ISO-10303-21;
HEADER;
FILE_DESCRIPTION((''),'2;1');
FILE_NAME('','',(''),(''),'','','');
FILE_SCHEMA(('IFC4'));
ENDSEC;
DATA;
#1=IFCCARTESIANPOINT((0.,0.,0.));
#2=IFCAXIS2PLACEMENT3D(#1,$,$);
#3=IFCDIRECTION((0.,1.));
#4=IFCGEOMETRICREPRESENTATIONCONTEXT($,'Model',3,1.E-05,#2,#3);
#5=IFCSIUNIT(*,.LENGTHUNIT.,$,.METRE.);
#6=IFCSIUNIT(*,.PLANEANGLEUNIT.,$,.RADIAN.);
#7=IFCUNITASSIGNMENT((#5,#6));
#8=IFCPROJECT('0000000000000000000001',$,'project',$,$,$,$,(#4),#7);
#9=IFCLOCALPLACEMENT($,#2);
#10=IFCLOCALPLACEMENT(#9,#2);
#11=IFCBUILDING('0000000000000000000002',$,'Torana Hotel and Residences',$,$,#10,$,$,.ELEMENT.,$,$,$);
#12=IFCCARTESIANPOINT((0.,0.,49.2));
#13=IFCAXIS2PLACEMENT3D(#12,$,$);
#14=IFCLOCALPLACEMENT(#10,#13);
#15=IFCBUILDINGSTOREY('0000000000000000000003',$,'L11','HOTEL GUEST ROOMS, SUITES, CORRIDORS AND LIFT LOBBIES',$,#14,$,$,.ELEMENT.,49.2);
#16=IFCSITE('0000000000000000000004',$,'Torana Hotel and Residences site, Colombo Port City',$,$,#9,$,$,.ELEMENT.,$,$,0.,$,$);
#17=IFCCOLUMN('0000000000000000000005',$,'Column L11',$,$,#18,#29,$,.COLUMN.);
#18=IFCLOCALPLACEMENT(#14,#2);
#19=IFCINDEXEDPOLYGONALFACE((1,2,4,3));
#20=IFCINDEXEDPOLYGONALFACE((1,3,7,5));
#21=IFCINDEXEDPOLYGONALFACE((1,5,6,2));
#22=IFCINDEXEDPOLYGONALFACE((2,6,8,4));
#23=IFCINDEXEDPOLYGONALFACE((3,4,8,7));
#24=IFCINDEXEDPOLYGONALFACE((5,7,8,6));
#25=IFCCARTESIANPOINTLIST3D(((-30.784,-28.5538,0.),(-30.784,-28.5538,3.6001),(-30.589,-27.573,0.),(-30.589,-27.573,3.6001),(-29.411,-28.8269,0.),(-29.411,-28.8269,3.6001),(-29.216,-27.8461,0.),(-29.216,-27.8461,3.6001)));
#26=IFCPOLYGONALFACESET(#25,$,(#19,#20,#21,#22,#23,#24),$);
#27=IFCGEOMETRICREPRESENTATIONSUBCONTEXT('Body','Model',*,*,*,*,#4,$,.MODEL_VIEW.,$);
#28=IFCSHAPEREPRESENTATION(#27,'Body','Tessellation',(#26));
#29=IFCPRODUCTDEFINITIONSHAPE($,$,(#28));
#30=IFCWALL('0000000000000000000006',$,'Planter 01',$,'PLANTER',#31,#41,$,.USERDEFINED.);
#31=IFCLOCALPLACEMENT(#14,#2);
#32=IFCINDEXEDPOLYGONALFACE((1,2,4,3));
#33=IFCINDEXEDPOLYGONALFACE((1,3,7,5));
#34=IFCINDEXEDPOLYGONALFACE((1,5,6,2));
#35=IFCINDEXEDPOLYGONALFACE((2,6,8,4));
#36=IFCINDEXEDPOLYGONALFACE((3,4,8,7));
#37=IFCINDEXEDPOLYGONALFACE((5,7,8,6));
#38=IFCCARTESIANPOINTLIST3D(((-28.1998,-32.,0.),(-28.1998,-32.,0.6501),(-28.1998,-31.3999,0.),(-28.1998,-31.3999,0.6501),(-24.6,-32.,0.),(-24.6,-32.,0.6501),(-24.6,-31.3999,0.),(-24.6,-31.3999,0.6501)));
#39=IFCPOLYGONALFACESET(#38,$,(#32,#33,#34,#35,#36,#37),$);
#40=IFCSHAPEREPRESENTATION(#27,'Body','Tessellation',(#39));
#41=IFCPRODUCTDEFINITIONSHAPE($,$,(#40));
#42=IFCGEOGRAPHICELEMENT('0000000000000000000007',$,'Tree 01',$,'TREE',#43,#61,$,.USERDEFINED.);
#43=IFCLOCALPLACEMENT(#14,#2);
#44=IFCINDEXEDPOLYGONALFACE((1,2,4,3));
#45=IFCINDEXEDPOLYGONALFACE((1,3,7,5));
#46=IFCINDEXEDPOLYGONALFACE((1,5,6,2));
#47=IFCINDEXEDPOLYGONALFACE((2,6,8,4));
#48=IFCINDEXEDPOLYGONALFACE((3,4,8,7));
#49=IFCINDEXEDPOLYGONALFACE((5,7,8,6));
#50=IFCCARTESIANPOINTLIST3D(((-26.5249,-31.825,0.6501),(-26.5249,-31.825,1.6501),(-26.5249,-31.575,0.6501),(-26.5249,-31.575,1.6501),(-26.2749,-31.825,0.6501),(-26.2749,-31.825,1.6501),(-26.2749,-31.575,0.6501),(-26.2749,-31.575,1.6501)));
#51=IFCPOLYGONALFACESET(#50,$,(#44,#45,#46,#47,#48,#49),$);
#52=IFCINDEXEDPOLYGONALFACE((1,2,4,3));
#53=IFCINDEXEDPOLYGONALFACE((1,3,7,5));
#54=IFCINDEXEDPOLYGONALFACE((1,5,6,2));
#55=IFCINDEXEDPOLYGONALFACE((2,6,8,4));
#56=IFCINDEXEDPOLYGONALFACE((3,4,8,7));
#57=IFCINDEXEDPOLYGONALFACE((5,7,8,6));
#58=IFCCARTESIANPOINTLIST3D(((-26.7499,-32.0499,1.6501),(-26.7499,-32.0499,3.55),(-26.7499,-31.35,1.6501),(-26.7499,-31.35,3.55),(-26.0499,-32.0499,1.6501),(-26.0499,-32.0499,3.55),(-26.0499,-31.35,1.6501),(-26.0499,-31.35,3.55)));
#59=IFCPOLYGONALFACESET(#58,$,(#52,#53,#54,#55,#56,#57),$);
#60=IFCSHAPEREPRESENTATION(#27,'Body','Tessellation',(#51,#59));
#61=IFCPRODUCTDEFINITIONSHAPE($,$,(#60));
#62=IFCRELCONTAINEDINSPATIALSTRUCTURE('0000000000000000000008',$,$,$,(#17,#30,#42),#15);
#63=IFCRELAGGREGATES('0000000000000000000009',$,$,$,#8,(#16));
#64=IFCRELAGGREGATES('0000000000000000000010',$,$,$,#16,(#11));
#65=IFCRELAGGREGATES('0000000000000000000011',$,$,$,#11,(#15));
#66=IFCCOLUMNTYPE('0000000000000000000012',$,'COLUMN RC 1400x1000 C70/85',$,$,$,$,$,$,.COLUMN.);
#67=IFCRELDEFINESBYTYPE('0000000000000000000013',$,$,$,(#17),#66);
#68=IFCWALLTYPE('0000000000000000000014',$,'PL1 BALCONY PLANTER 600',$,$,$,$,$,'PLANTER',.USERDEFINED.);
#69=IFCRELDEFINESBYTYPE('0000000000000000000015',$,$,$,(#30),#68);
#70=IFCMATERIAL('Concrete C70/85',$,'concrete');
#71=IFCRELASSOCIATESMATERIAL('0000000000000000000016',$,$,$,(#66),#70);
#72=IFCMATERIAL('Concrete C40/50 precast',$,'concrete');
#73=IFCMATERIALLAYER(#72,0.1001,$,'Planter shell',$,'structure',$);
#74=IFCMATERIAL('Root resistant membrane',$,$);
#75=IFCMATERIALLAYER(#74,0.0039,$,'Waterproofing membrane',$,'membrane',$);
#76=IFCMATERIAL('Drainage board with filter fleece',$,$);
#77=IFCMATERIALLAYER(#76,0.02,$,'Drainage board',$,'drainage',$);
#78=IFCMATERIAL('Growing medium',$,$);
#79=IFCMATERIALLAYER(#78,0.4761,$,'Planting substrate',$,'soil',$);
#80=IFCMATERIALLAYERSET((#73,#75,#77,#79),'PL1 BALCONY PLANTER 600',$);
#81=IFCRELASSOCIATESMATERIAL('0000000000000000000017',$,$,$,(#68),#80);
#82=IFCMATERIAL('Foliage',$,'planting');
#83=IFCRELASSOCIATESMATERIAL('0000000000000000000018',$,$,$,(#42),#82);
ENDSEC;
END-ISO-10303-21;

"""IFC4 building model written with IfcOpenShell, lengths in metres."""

from ifc_helpers import new_model, si_unit, direction, frame, frame_2d, origin, origin_2d, place, context, subcontext, project, spatial, rectangle, extrude, material, layer, layer_set, material_profile, profile_set, type_object, element, save


model = new_model("IFC4")

# Units and contexts
model_context = context("Model", 3, precision=1e-05, world=origin(), true_north=direction((0.0, 1.0)))
body_context = subcontext(model_context, "Body", "Model", "MODEL_VIEW")
ifc_project = project(units=[si_unit("LENGTHUNIT", "METRE"), si_unit("PLANEANGLEUNIT", "RADIAN")], contexts=[model_context])

# Site, building, storey
site_placement = place(None, origin())
site = spatial("IfcSite", under=ifc_project, at=site_placement, Name="Torana Hotel and Residences site, Colombo Port City", CompositionType="ELEMENT", RefElevation=0.0)
building_placement = place(site_placement, origin())
building = spatial("IfcBuilding", under=site, at=building_placement, Name="Torana Hotel and Residences", CompositionType="ELEMENT")
storey_placement = place(building_placement, frame((0.0, 0.0, 49.2)))
storey = spatial("IfcBuildingStorey", under=building, at=storey_placement, Name="L11", Description="HOTEL GUEST ROOMS, SUITES, CORRIDORS AND LIFT LOBBIES", CompositionType="ELEMENT", Elevation=49.2)

# Column
ifc_material_1 = material(Name="Concrete C70/85", Category="concrete")
ifc_material_profile = material_profile(ifc_material_1, rectangle(XDim=1.3999, YDim=1.0, at=origin_2d()), Name="RC 1400x1000")
ifc_profile_set = profile_set([ifc_material_profile], Name="Concrete C70/85")
column_type = type_object("IfcColumnType", Name="COLUMN RC 1400x1000 C70/85", PredefinedType="COLUMN", material=ifc_profile_set)
column_placement = place(storey_placement, frame((-30.0, -28.2, 0.0), z_axis=(0.0, 0.0, 1.0), x_axis=(-0.980792, 0.195056, 0.0)))
element("IfcColumn", 1, at=column_placement, inside=storey, type_object=column_type, Name="Column L11", PredefinedType="COLUMN", context=body_context, shape_type="SweptSolid", body=[
    extrude(rectangle(XDim=1.3999, YDim=1.0, at=origin_2d()), origin(), (0.0, 0.0, 1.0), 3.6001),
])

# Wall
ifc_material_2 = material(Name="Concrete C40/50 precast", Category="concrete")
ifc_layer_1 = layer(ifc_material_2, 0.1001, Name="Planter shell", Category="structure")
ifc_material_3 = material(Name="Root resistant membrane")
ifc_layer_2 = layer(ifc_material_3, 0.0039, Name="Waterproofing membrane", Category="membrane")
ifc_material_4 = material(Name="Drainage board with filter fleece")
ifc_layer_3 = layer(ifc_material_4, 0.02, Name="Drainage board", Category="drainage")
ifc_material_5 = material(Name="Growing medium")
ifc_layer_4 = layer(ifc_material_5, 0.4761, Name="Planting substrate", Category="soil")
ifc_layer_set_1 = layer_set([ifc_layer_1, ifc_layer_2, ifc_layer_3, ifc_layer_4], Name="PL1 BALCONY PLANTER 600")
wall_type_1 = type_object("IfcWallType", Name="PL1 BALCONY PLANTER 600", ElementType="PLANTER", PredefinedType="USERDEFINED", material=ifc_layer_set_1)
wall_1_placement = place(storey_placement, frame((-24.6001, -31.7, 0.0), z_axis=(0.0, 0.0, 1.0), x_axis=(-1.0, 0.0, 0.0)))
element("IfcWall", 2, at=wall_1_placement, inside=storey, type_object=wall_type_1, Name="Planter 01", ObjectType="PLANTER", PredefinedType="USERDEFINED", context=body_context, shape_type="SweptSolid", body=[
    extrude(rectangle(XDim=3.5999, YDim=0.6001, at=frame_2d((1.7998, 0.0))), origin(), (0.0, 0.0, 1.0), 0.6501),
])

# Geographic element
ifc_material_6 = material(Name="Foliage", Category="planting")
geographic_element_placement = place(storey_placement, frame((-26.3999, -31.7, 0.6501), z_axis=(0.0, 0.0, 1.0), x_axis=(1.0, 0.0, 0.0)))
element("IfcGeographicElement", 3, at=geographic_element_placement, inside=storey, material=ifc_material_6, Name="Tree 01", ObjectType="TREE", PredefinedType="USERDEFINED", context=body_context, shape_type="SweptSolid", body=[
    extrude(rectangle(XDim=0.25, YDim=0.25, at=origin_2d()), origin(), (0.0, 0.0, 1.0), 1.0),
    extrude(rectangle(XDim=0.7, YDim=0.7, at=origin_2d()), frame((0.0, 0.0, 1.0)), (0.0, 0.0, 1.0), 1.8999),
])

save(model, "model.ifc")
